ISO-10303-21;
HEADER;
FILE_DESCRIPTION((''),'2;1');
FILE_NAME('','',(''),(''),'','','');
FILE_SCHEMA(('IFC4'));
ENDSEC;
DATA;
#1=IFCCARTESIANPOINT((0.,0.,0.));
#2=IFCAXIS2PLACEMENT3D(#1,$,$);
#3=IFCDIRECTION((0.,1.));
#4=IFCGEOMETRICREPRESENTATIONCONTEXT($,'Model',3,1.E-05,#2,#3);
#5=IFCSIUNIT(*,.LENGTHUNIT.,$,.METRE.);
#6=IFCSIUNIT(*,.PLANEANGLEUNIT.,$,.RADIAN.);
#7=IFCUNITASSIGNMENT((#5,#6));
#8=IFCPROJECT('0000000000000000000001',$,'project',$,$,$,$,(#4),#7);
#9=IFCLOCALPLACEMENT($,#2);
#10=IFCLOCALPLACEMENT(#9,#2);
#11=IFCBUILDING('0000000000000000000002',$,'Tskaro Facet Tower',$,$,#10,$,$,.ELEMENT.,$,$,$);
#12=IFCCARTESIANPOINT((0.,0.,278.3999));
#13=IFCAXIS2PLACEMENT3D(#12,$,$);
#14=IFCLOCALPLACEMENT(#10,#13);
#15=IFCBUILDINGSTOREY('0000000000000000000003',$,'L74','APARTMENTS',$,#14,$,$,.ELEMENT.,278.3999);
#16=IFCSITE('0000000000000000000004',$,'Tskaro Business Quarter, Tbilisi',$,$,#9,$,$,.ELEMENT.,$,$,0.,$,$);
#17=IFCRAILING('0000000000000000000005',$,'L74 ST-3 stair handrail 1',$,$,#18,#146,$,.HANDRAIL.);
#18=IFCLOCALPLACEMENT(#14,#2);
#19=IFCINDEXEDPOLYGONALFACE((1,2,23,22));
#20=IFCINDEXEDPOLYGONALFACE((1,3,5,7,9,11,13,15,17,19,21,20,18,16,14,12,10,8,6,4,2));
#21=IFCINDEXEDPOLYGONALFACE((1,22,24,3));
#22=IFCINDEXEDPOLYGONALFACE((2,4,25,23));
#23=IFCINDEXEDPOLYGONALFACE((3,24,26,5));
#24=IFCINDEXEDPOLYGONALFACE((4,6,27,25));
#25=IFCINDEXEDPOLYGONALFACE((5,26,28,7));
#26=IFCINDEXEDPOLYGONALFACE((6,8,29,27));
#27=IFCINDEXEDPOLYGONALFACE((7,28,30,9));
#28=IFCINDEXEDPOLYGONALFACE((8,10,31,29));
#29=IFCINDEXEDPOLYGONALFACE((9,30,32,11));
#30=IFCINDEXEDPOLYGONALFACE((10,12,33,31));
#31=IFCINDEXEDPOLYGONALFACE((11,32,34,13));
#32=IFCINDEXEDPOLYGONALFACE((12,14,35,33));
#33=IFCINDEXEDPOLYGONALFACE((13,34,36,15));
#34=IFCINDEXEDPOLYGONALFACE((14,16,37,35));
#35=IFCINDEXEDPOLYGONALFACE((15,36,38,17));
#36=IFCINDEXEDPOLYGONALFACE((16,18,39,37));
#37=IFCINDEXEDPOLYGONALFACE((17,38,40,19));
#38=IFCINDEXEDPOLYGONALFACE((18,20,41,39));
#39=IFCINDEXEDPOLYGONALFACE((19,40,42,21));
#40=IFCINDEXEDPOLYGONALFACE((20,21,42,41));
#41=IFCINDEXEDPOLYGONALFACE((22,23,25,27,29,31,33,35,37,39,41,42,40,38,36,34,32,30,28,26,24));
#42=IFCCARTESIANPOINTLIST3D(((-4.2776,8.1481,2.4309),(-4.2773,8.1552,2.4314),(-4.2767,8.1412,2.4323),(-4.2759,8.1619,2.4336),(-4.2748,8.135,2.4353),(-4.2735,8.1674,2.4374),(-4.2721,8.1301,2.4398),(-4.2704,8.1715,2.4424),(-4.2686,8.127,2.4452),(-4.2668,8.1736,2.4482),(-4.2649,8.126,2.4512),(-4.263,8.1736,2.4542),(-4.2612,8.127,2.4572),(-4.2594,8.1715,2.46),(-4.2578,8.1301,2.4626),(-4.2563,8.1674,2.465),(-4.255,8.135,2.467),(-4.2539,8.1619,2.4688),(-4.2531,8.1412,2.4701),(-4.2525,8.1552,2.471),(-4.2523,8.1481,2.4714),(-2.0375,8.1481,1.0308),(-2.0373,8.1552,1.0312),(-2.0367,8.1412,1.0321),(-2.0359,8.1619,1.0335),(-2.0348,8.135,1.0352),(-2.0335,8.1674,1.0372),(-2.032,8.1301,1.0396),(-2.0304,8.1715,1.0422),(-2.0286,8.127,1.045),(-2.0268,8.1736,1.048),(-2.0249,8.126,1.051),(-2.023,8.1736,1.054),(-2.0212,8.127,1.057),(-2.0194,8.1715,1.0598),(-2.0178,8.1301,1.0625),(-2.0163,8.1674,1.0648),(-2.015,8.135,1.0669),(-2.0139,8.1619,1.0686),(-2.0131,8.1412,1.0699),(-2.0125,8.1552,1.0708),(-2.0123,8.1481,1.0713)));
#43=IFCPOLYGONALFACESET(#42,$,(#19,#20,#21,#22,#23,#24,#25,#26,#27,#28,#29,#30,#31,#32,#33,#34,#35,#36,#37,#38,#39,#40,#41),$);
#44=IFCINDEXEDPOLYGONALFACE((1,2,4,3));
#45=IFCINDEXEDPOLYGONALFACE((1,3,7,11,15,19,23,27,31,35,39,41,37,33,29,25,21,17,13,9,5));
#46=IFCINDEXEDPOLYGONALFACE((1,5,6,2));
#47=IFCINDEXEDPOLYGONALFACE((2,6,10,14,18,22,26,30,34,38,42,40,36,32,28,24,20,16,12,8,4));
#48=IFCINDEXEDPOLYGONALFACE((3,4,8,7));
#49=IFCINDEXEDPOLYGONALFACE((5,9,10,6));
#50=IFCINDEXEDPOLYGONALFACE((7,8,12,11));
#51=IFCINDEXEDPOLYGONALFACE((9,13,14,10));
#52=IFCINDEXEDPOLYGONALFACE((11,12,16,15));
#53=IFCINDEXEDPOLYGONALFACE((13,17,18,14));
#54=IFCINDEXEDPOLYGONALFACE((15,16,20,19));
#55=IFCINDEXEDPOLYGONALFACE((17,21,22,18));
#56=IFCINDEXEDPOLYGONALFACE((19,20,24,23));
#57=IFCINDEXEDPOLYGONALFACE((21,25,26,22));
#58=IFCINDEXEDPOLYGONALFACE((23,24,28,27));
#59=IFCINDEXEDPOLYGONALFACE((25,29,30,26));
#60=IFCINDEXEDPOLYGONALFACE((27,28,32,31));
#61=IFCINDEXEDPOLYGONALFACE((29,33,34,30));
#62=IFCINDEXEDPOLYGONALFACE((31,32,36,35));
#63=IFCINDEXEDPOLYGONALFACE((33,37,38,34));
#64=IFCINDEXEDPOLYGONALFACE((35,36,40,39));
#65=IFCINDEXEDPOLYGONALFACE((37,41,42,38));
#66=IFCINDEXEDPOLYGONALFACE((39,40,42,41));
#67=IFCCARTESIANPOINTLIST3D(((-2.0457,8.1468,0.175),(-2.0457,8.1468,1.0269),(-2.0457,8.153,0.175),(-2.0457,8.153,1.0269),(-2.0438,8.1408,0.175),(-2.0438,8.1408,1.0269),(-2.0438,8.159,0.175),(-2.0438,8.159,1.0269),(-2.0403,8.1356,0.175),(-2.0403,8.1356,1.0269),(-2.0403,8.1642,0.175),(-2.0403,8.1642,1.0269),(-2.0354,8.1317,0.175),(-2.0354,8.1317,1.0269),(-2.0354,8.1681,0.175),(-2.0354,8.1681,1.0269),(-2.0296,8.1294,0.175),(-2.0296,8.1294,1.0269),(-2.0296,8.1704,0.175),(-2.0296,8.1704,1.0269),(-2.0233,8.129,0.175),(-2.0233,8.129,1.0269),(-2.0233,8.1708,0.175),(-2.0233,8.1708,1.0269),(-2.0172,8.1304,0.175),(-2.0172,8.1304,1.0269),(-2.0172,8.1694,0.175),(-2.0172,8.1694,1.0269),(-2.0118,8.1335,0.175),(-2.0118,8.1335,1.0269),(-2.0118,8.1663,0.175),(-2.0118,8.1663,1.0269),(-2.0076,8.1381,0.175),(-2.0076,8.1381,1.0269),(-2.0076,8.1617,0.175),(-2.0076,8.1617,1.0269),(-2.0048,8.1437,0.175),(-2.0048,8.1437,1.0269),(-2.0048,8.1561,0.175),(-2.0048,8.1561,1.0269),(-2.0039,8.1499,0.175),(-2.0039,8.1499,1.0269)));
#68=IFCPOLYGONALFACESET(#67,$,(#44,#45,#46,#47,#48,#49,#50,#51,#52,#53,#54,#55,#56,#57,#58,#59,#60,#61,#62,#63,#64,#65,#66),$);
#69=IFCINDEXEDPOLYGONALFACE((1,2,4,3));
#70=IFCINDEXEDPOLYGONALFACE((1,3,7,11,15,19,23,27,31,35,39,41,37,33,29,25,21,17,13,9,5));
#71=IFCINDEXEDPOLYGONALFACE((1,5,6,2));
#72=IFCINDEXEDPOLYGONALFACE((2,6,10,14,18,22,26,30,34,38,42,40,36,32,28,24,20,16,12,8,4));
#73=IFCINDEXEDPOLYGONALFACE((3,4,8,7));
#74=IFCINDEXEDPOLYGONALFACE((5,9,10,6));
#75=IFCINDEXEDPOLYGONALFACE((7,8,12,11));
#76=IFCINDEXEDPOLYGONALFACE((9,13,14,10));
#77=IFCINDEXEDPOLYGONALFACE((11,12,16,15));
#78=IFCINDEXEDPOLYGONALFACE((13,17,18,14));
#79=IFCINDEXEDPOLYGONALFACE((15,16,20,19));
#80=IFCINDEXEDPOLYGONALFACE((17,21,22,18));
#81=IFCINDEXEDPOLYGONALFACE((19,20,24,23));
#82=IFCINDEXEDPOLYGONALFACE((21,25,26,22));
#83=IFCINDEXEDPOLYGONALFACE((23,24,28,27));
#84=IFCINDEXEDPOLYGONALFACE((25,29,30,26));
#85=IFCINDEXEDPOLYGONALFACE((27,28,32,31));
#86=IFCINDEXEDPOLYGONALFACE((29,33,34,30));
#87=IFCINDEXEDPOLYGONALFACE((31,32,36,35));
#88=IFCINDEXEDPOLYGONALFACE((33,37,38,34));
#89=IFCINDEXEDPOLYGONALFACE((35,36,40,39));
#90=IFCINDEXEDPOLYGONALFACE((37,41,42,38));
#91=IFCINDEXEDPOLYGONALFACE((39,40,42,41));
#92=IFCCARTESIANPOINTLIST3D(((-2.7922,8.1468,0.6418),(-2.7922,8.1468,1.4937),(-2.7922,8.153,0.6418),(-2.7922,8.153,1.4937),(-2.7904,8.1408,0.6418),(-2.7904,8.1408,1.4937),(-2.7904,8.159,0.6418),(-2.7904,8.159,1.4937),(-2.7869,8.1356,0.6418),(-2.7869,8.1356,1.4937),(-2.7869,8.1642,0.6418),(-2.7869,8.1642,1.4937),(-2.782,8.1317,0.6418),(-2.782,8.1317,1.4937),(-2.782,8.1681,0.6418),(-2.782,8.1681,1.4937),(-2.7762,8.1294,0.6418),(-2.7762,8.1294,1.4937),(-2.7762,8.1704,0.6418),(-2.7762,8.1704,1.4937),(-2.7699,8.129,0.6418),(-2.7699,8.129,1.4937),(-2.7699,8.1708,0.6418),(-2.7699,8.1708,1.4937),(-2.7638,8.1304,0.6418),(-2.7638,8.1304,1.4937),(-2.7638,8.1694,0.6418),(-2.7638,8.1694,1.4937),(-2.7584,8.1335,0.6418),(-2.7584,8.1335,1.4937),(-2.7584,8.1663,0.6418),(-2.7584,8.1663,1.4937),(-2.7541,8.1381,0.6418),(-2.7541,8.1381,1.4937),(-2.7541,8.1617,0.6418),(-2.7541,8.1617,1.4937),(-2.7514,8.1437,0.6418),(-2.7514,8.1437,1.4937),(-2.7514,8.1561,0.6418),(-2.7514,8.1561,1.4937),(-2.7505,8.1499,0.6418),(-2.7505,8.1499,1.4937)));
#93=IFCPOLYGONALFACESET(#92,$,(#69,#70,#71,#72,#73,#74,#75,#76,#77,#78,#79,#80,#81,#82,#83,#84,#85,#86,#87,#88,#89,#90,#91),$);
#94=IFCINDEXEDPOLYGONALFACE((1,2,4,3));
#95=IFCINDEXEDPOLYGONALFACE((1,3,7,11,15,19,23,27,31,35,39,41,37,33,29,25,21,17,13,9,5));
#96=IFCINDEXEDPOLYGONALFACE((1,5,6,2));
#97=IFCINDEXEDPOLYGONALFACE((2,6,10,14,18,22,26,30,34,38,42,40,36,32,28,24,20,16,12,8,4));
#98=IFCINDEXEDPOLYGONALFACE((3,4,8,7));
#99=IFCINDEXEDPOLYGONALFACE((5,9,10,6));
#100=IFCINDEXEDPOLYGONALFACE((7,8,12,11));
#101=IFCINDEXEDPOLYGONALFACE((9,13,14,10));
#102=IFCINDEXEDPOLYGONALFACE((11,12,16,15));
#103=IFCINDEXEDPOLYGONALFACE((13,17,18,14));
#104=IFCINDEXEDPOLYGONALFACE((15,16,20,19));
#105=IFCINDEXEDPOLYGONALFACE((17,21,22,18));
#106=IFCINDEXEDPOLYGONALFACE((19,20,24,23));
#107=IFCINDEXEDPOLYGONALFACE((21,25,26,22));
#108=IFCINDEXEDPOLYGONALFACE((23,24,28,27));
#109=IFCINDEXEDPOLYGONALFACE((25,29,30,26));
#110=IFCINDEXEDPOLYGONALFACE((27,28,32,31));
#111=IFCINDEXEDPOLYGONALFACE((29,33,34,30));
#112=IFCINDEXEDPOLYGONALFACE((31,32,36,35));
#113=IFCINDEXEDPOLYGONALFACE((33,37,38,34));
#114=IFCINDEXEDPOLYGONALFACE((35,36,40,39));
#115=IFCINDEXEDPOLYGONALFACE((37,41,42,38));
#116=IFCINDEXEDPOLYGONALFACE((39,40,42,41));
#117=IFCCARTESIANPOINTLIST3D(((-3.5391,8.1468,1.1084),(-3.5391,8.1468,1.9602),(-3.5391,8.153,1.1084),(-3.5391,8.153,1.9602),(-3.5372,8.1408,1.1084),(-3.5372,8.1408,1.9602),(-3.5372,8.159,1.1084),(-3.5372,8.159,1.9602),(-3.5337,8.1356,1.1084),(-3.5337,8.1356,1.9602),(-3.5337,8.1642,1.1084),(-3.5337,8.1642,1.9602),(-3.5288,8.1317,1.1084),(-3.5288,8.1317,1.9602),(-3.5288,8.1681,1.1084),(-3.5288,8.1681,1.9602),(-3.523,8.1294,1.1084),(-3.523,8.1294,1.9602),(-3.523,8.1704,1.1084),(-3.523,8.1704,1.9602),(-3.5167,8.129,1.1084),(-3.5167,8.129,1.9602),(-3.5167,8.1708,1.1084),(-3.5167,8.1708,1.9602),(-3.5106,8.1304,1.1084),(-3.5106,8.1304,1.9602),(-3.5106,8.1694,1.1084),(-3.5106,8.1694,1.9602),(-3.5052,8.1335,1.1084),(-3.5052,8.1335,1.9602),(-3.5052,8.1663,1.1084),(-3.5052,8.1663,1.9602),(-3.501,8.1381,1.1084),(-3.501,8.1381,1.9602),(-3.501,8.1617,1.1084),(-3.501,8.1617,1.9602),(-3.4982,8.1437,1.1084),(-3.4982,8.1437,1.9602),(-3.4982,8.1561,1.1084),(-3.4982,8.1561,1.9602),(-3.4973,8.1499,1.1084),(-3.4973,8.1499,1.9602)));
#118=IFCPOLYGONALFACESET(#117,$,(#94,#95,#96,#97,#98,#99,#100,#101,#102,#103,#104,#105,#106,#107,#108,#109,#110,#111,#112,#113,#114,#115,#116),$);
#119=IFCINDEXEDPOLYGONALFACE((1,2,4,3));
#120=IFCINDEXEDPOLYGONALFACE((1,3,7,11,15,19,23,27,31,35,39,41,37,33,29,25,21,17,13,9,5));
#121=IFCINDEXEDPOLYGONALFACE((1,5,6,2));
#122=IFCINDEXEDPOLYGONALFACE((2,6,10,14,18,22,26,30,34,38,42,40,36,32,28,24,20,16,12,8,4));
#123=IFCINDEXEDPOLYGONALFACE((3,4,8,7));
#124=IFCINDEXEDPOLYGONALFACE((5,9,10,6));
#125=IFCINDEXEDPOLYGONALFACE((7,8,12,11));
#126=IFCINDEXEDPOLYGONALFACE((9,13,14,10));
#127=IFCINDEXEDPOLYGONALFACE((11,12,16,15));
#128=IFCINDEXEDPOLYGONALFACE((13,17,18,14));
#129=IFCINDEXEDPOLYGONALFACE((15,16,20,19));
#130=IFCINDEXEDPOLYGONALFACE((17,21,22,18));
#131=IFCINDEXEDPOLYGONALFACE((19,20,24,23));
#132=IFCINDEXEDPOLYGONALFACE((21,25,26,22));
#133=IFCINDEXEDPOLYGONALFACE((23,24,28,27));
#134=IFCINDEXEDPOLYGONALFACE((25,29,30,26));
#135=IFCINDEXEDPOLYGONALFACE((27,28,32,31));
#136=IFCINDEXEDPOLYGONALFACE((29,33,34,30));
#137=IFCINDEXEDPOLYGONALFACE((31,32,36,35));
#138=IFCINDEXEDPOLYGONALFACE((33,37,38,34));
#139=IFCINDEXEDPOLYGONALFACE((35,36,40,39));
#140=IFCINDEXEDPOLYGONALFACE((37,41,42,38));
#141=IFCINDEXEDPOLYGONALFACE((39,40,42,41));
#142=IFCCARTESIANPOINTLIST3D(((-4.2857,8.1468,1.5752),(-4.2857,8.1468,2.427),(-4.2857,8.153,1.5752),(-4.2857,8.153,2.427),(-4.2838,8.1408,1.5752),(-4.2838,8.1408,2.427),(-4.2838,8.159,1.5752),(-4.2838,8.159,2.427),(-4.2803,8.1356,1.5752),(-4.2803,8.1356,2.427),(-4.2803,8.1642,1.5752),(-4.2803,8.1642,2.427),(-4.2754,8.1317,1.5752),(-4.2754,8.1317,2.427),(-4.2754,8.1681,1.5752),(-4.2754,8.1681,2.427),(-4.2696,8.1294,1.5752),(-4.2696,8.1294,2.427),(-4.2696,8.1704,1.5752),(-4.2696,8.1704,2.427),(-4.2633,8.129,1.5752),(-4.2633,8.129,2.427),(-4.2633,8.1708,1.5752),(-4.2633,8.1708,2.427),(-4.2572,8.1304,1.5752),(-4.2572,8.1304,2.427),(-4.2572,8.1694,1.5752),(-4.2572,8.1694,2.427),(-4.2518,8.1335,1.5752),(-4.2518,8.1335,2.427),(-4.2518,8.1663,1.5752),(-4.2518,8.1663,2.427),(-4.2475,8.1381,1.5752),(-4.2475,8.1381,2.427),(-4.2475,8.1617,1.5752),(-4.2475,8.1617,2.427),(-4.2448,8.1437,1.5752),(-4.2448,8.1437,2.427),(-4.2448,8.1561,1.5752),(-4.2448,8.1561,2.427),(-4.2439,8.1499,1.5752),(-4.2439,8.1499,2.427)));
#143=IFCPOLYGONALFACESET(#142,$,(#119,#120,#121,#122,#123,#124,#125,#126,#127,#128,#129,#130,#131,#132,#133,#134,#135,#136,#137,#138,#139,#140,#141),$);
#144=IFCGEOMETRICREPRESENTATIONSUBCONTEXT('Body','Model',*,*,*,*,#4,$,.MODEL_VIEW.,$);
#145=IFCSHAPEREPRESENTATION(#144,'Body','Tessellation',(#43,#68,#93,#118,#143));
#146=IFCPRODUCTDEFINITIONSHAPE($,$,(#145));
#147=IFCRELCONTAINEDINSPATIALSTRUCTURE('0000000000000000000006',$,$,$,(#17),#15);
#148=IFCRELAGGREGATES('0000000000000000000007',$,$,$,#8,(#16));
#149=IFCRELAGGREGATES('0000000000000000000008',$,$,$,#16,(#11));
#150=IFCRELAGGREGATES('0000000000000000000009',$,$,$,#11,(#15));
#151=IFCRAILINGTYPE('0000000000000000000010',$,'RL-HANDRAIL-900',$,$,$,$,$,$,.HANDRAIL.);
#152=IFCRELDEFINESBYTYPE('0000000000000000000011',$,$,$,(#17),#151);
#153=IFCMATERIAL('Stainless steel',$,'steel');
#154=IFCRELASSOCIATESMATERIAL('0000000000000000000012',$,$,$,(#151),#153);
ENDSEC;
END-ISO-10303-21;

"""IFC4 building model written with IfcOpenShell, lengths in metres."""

from ifc_helpers import new_model, si_unit, direction, frame, origin, origin_2d, place, context, subcontext, project, spatial, circle, extrude, material, type_object, element, save


model = new_model("IFC4")

# Units and contexts
model_context = context("Model", 3, precision=1e-05, world=origin(), true_north=direction((0.0, 1.0)))
body_context = subcontext(model_context, "Body", "Model", "MODEL_VIEW")
ifc_project = project(units=[si_unit("LENGTHUNIT", "METRE"), si_unit("PLANEANGLEUNIT", "RADIAN")], contexts=[model_context])

# Site, building, storey
site_placement = place(None, origin())
site = spatial("IfcSite", under=ifc_project, at=site_placement, Name="Tskaro Business Quarter, Tbilisi", CompositionType="ELEMENT", RefElevation=0.0)
building_placement = place(site_placement, origin())
building = spatial("IfcBuilding", under=site, at=building_placement, Name="Tskaro Facet Tower", CompositionType="ELEMENT")
storey_placement = place(building_placement, frame((0.0, 0.0, 278.3999)))
storey = spatial("IfcBuildingStorey", under=building, at=storey_placement, Name="L74", Description="APARTMENTS", CompositionType="ELEMENT", Elevation=278.3999)

# Railing
ifc_material_1 = material(Name="Stainless steel", Category="steel")
railing_type_1 = type_object("IfcRailingType", Name="RL-HANDRAIL-900", PredefinedType="HANDRAIL", material=ifc_material_1)
railing_1_placement = place(storey_placement, frame((-2.0249, 8.1499, 0.175)))
element("IfcRailing", 1, at=railing_1_placement, inside=storey, type_object=railing_type_1, Name="L74 ST-3 stair handrail 1", PredefinedType="HANDRAIL", context=body_context, shape_type="SweptSolid", body=[
    extrude(circle(Radius=0.0239, at=origin_2d()), frame((0.0, 0.0, 0.876), z_axis=(-0.847972, 0.0, 0.53004), x_axis=(0.0, -1.0, 0.0)), (0.0, 0.0, 1.0), 2.6416),
    extrude(circle(Radius=0.021, at=origin_2d()), origin(), (0.0, 0.0, 1.0), 0.8518),
    extrude(circle(Radius=0.021, at=origin_2d()), frame((-0.7466, 0.0, 0.4668)), (0.0, 0.0, 1.0), 0.8518),
    extrude(circle(Radius=0.021, at=origin_2d()), frame((-1.4934, 0.0, 0.9333)), (0.0, 0.0, 1.0), 0.8518),
    extrude(circle(Radius=0.021, at=origin_2d()), frame((-2.24, 0.0, 1.4001)), (0.0, 0.0, 1.0), 0.8518),
])

save(model, "model.ifc")
